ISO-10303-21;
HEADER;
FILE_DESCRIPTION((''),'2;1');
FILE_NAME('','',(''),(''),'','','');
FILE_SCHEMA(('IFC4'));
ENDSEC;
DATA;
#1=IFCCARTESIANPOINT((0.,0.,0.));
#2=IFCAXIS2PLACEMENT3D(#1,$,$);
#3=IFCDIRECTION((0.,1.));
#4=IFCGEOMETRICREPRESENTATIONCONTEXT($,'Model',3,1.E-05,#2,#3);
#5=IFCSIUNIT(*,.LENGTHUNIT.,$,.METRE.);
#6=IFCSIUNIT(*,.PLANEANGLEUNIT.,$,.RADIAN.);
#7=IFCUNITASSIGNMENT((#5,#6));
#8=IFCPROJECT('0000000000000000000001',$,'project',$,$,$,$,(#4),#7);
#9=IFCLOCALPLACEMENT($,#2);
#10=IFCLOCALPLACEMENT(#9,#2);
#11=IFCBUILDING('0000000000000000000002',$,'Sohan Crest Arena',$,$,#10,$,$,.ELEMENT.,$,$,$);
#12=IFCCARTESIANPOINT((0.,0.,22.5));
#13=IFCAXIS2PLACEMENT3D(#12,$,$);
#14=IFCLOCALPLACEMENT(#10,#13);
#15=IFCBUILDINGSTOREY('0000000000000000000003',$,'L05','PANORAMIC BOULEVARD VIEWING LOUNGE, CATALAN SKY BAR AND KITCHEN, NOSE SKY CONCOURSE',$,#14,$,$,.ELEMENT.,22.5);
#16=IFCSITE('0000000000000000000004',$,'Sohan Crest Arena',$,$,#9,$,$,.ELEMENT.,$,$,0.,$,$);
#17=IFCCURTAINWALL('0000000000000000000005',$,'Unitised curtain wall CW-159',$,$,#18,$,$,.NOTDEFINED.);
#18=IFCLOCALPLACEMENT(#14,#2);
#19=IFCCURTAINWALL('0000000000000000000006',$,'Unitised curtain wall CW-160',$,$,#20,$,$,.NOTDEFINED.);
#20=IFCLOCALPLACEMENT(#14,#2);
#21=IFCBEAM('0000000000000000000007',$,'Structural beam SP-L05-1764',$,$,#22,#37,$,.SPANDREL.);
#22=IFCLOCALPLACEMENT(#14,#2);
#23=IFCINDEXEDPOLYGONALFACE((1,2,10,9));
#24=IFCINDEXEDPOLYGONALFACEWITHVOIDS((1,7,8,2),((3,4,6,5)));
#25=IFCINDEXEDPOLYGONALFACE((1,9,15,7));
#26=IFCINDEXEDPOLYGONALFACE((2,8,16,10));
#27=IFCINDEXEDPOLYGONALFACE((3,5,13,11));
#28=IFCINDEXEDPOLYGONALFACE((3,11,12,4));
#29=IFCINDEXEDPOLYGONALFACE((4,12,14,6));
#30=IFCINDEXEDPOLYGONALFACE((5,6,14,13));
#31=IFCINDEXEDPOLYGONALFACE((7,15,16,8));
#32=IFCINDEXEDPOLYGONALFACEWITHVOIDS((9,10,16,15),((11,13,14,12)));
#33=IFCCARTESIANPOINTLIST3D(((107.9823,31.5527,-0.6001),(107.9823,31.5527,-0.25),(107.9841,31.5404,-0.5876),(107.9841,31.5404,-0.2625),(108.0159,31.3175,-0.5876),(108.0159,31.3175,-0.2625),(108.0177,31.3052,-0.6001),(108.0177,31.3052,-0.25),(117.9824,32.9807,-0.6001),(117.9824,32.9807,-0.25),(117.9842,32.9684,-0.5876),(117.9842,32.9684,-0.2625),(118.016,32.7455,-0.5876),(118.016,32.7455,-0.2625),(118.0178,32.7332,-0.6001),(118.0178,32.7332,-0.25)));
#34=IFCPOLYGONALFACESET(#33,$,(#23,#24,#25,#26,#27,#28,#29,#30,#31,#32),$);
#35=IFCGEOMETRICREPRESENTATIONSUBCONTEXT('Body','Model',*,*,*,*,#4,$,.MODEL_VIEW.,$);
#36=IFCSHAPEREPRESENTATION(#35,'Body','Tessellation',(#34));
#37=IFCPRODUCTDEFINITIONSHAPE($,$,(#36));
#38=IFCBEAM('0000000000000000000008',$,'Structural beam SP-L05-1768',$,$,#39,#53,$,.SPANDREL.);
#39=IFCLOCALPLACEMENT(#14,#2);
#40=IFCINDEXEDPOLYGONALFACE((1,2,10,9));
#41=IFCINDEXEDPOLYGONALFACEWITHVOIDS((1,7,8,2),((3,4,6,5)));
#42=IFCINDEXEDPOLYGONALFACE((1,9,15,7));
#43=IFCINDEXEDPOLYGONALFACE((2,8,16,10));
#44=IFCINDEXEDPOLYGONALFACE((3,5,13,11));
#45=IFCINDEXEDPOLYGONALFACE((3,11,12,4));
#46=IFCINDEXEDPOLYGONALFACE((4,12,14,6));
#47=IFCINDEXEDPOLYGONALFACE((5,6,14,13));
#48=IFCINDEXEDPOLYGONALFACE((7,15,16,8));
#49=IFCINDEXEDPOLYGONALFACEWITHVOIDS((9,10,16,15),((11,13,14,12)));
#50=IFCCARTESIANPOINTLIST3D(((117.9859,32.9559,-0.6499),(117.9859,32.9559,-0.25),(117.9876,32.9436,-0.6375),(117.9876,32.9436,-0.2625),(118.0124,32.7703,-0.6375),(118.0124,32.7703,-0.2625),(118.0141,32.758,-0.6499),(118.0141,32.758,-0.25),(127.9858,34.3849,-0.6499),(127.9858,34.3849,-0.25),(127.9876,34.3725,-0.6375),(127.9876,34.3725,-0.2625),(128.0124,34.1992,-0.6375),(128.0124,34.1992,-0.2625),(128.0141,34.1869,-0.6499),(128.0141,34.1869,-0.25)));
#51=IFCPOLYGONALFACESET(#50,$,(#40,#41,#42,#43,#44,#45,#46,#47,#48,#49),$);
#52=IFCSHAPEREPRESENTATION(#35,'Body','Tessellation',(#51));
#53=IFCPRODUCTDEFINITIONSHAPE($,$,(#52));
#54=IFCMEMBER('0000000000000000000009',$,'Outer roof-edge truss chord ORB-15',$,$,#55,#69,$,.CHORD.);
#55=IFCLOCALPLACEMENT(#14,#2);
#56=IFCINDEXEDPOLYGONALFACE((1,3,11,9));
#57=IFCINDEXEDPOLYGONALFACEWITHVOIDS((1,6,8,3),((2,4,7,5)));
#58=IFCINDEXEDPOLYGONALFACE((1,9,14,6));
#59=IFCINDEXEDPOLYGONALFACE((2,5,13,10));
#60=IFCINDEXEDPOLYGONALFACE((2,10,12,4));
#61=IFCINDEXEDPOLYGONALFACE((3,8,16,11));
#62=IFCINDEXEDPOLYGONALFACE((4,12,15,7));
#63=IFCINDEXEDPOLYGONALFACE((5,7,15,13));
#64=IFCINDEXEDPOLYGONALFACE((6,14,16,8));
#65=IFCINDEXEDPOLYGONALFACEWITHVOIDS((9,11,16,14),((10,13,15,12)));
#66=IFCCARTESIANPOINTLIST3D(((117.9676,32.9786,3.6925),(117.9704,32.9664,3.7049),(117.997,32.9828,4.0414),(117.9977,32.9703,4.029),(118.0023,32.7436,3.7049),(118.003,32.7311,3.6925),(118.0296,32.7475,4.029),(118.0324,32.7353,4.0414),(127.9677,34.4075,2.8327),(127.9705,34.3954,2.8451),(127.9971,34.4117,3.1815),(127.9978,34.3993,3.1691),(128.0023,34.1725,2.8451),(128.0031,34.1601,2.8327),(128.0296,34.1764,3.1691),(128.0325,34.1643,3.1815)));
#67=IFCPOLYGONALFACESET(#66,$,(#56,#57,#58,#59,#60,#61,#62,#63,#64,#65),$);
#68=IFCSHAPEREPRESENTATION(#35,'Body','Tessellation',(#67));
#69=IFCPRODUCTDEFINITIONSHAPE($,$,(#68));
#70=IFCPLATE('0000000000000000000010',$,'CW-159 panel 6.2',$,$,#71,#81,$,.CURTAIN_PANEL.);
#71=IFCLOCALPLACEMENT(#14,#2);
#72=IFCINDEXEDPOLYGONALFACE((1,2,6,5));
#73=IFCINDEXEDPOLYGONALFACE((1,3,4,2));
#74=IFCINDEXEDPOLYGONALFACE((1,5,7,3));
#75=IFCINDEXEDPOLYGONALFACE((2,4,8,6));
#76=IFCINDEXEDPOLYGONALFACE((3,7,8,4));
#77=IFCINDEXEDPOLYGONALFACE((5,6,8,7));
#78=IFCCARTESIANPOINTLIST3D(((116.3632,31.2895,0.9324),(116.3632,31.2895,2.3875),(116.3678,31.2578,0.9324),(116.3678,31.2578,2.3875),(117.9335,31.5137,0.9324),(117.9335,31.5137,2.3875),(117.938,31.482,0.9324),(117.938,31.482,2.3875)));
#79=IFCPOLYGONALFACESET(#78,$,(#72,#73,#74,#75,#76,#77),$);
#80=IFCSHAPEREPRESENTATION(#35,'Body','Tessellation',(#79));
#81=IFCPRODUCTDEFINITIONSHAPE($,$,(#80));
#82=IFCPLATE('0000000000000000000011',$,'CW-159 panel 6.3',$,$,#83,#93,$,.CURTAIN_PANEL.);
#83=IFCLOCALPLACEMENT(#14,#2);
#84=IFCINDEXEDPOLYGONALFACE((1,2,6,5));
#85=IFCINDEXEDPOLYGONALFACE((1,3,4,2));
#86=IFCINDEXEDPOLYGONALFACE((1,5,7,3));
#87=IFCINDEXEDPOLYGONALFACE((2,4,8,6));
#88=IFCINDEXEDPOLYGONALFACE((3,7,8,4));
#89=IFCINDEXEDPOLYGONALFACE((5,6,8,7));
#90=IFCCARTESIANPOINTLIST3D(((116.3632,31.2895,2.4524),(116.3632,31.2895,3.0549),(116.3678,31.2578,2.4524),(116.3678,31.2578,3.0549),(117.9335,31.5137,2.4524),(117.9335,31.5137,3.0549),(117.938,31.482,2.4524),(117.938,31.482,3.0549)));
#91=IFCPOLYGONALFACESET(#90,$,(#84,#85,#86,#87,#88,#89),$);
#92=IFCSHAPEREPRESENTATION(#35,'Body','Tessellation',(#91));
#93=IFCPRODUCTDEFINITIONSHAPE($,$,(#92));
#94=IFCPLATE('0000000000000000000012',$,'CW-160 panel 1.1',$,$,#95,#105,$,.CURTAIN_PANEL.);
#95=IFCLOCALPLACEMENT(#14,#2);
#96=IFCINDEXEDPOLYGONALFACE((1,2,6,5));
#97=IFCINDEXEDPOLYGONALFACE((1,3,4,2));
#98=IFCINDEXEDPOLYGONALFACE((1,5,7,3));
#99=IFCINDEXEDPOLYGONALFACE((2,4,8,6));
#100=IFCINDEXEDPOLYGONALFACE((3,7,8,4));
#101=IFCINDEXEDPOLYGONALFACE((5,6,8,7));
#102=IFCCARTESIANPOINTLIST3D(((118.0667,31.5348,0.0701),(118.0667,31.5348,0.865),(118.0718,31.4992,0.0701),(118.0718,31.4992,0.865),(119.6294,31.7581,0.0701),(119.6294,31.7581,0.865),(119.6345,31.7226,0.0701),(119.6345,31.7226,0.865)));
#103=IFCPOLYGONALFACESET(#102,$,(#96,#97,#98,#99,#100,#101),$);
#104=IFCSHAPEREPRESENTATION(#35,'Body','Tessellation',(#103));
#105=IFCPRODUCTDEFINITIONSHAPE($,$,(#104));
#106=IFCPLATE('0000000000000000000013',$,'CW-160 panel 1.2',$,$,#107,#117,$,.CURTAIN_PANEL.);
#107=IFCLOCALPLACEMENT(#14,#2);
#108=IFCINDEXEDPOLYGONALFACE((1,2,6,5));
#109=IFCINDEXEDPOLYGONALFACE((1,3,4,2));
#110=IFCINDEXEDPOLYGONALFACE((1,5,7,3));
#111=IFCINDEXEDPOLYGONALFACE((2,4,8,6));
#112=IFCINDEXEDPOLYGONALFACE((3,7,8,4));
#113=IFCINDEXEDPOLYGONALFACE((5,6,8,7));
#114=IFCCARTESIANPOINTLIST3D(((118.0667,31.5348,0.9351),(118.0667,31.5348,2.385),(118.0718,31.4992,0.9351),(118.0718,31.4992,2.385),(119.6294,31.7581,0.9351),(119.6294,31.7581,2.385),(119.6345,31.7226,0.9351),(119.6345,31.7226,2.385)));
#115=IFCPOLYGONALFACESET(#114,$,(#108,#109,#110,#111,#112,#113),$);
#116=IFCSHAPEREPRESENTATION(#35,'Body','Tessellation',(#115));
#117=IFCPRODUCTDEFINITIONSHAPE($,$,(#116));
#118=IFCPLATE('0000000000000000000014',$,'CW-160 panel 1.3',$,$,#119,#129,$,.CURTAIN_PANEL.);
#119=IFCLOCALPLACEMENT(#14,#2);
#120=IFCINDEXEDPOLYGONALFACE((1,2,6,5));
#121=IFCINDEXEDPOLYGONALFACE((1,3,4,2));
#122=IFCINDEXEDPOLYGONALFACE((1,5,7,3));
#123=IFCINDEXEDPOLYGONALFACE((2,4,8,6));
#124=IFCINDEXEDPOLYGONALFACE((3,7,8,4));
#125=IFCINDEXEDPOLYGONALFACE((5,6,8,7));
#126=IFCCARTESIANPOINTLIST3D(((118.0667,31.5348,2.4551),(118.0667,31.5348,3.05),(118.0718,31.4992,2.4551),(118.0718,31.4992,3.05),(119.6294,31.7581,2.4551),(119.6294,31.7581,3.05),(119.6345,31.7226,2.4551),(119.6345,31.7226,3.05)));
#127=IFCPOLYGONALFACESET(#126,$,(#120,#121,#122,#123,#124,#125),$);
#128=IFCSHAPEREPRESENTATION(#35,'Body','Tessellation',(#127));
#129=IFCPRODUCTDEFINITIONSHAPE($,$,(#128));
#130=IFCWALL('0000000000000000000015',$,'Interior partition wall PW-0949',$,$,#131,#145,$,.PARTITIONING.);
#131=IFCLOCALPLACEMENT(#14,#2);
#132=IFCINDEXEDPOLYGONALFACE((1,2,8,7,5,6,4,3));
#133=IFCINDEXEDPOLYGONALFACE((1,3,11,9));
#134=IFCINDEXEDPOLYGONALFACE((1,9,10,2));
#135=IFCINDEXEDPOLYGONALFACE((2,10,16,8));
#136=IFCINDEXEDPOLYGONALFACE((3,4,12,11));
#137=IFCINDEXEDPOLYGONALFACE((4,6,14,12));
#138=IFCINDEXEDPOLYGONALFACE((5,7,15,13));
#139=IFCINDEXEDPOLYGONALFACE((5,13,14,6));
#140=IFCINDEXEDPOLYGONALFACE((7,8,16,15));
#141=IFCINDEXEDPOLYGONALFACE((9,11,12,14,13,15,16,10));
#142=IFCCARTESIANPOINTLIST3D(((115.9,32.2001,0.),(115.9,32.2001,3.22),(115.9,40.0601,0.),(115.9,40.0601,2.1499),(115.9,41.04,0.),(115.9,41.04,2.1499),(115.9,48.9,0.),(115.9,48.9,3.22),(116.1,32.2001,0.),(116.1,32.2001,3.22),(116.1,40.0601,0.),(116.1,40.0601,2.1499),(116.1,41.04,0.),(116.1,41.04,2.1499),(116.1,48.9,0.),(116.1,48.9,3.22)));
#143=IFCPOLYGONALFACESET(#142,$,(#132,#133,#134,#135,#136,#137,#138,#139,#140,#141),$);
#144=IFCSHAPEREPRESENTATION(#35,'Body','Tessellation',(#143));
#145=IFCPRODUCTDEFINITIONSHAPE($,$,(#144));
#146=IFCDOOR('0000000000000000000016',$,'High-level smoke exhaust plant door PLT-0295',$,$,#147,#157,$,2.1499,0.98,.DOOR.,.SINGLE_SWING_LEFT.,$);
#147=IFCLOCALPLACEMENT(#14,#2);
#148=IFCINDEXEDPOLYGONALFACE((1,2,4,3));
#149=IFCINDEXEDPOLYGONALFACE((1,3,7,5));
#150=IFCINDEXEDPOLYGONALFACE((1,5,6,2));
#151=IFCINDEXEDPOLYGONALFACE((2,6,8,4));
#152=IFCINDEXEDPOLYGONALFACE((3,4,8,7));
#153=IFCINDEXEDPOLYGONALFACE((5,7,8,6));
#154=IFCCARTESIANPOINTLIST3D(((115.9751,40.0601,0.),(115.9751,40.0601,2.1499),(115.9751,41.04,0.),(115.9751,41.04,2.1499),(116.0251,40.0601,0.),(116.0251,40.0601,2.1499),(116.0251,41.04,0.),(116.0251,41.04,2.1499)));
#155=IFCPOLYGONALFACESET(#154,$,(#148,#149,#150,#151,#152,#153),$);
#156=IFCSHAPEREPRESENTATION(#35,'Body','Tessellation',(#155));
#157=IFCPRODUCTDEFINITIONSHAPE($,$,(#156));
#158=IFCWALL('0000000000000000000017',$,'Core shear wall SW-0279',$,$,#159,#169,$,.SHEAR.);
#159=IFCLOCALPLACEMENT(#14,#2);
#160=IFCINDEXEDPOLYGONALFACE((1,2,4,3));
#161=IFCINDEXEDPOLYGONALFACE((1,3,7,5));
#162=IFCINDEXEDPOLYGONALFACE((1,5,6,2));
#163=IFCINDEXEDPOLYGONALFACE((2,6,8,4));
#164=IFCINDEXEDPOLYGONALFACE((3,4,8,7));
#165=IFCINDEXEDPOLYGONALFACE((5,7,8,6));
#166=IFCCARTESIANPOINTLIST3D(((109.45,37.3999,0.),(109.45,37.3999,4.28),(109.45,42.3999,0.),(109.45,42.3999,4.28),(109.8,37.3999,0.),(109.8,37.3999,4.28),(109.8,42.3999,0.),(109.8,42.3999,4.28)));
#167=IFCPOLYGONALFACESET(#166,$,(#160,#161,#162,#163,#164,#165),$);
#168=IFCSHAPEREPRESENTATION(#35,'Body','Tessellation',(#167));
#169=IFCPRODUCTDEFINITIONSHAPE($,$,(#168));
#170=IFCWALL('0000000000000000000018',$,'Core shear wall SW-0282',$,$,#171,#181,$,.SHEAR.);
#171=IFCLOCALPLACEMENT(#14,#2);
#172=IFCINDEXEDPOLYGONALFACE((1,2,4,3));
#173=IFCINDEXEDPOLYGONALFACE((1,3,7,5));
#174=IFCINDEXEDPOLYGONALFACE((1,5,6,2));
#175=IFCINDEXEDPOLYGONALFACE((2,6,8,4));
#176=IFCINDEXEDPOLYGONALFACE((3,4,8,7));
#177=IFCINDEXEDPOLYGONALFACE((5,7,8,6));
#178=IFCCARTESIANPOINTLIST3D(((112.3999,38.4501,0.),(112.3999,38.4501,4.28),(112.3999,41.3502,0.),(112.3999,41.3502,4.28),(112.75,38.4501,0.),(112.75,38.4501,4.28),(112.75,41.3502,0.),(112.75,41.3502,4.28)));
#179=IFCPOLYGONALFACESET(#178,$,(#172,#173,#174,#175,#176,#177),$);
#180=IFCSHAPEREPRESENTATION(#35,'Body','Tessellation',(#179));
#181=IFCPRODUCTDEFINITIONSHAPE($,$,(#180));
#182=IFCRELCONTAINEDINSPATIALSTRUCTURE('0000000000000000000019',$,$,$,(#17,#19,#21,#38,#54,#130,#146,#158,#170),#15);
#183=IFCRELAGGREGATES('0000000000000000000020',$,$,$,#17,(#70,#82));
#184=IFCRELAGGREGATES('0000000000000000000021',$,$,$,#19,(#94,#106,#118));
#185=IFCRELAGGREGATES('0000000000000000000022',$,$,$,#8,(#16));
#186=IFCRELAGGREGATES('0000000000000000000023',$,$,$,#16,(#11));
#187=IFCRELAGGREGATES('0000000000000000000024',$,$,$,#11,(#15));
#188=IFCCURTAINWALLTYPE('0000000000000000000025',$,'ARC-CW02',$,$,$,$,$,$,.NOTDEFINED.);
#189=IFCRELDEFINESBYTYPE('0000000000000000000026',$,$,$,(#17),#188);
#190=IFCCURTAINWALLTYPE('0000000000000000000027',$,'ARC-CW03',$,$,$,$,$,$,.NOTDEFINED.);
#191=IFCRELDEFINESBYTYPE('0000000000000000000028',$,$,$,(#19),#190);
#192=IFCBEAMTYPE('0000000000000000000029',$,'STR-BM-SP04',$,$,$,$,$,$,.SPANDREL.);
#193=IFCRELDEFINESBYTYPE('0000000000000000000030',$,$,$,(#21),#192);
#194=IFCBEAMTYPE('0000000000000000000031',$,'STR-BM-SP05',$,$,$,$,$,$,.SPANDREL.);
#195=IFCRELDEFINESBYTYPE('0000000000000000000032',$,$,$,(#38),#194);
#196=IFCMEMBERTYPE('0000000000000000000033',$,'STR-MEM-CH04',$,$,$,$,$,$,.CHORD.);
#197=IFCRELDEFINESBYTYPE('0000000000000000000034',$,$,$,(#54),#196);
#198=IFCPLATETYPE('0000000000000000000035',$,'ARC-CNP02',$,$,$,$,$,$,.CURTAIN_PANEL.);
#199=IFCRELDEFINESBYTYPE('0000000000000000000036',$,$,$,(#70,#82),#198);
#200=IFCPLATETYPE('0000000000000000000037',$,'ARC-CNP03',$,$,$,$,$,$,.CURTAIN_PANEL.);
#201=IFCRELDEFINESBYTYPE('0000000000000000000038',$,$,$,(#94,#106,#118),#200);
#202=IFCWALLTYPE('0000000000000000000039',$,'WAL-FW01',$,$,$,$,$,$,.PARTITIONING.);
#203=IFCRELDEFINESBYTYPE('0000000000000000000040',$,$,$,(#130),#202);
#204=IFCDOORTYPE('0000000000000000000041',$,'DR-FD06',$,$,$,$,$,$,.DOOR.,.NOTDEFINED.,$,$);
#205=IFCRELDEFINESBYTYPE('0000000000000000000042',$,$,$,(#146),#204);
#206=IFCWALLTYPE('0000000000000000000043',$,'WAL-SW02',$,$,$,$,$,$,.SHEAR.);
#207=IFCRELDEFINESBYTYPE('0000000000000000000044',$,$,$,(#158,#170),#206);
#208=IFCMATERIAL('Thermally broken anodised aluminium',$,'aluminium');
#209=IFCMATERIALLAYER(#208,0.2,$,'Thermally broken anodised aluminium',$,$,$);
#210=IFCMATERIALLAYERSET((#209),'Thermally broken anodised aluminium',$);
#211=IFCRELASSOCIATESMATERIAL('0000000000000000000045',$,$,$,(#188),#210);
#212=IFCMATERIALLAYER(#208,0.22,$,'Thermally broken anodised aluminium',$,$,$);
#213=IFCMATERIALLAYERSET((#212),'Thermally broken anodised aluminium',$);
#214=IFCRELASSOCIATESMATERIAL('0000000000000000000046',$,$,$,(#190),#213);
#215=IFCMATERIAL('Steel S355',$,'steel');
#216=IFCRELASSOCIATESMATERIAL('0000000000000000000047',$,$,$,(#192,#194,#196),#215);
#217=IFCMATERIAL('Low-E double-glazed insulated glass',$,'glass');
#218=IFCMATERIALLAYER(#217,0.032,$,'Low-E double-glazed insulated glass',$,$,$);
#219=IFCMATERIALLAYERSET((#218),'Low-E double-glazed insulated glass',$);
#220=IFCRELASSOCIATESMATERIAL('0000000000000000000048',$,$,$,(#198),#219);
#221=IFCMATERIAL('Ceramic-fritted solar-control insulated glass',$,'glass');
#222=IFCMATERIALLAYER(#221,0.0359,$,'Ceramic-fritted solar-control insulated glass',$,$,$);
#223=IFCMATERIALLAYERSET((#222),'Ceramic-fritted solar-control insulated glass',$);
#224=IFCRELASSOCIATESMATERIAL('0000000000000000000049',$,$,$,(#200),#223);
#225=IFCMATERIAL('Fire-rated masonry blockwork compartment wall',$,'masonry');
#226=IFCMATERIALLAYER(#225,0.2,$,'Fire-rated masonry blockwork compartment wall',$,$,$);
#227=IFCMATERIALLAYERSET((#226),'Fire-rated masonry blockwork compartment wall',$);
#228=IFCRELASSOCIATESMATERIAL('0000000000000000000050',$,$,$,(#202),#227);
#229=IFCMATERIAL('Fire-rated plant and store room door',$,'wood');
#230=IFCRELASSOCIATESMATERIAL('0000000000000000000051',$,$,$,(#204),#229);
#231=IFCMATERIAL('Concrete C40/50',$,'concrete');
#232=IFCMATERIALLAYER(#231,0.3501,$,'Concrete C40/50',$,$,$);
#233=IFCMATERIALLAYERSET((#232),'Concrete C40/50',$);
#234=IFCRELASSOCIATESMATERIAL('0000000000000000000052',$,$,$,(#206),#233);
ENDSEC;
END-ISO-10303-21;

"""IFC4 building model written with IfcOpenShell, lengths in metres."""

from ifc_helpers import new_model, si_unit, direction, frame, frame_2d, origin, origin_2d, place, context, subcontext, project, spatial, rectangle, hollow_rectangle, extrude, material, layer, layer_set, material_profile, profile_set, type_object, element, fill, aggregate, save


model = new_model("IFC4")

# Units and contexts
model_context = context("Model", 3, precision=1e-05, world=origin(), true_north=direction((0.0, 1.0)))
body_context = subcontext(model_context, "Body", "Model", "MODEL_VIEW")
ifc_project = project(units=[si_unit("LENGTHUNIT", "METRE"), si_unit("PLANEANGLEUNIT", "RADIAN")], contexts=[model_context])

# Site, building, storey
site_placement = place(None, origin())
site = spatial("IfcSite", under=ifc_project, at=site_placement, Name="Sohan Crest Arena", CompositionType="ELEMENT", RefElevation=0.0)
building_placement = place(site_placement, origin())
building = spatial("IfcBuilding", under=site, at=building_placement, Name="Sohan Crest Arena", CompositionType="ELEMENT")
storey_placement = place(building_placement, frame((0.0, 0.0, 22.5)))
storey = spatial("IfcBuildingStorey", under=building, at=storey_placement, Name="L05", Description="PANORAMIC BOULEVARD VIEWING LOUNGE, CATALAN SKY BAR AND KITCHEN, NOSE SKY CONCOURSE", CompositionType="ELEMENT", Elevation=22.5)

# Shared definitions
ifc_material_1 = material(Name="Steel S355", Category="steel")

# Curtain wall
ifc_material_2 = material(Name="Thermally broken anodised aluminium", Category="aluminium")
ifc_layer_1 = layer(ifc_material_2, 0.2, Name="Thermally broken anodised aluminium")
ifc_layer_set_1 = layer_set([ifc_layer_1], Name="Thermally broken anodised aluminium")
curtain_wall_type_1 = type_object("IfcCurtainWallType", Name="ARC-CW02", PredefinedType="NOTDEFINED", material=ifc_layer_set_1)
curtain_wall_1_placement = place(storey_placement, origin())
curtain_wall_1 = element("IfcCurtainWall", 1, at=curtain_wall_1_placement, inside=storey, type_object=curtain_wall_type_1, Name="Unitised curtain wall CW-159", PredefinedType="NOTDEFINED")

# Curtain wall
ifc_layer_2 = layer(ifc_material_2, 0.22, Name="Thermally broken anodised aluminium")
ifc_layer_set_2 = layer_set([ifc_layer_2], Name="Thermally broken anodised aluminium")
curtain_wall_type_2 = type_object("IfcCurtainWallType", Name="ARC-CW03", PredefinedType="NOTDEFINED", material=ifc_layer_set_2)
curtain_wall_2_placement = place(storey_placement, origin())
curtain_wall_2 = element("IfcCurtainWall", 2, at=curtain_wall_2_placement, inside=storey, type_object=curtain_wall_type_2, Name="Unitised curtain wall CW-160", PredefinedType="NOTDEFINED")

# Beams
ifc_material_profile_1 = material_profile(ifc_material_1, hollow_rectangle(XDim=0.25, YDim=0.3501, WallThickness=0.0125, at=origin_2d()), Name="RHS 350x250x12.5")
ifc_profile_set_1 = profile_set([ifc_material_profile_1], Name="Steel S355")
beam_type_1 = type_object("IfcBeamType", Name="STR-BM-SP04", PredefinedType="SPANDREL", material=ifc_profile_set_1)
beam_1_placement = place(storey_placement, frame((108.0, 31.429, -0.425), z_axis=(0.989958, 0.141364, 0.0), x_axis=(-0.141364, 0.989958, 0.0)))
element("IfcBeam", 3, at=beam_1_placement, inside=storey, type_object=beam_type_1, Name="Structural beam SP-L05-1764", PredefinedType="SPANDREL", context=body_context, shape_type="SweptSolid", body=[
    extrude(hollow_rectangle(XDim=0.25, YDim=0.3501, WallThickness=0.0125, at=origin_2d()), origin(), (0.0, 0.0, 1.0), 10.1016),
])
ifc_material_profile_2 = material_profile(ifc_material_1, hollow_rectangle(XDim=0.2, YDim=0.3999, WallThickness=0.0125, at=origin_2d()), Name="RHS 400x200x12.5")
ifc_profile_set_2 = profile_set([ifc_material_profile_2], Name="Steel S355")
beam_type_2 = type_object("IfcBeamType", Name="STR-BM-SP05", PredefinedType="SPANDREL", material=ifc_profile_set_2)
beam_2_placement = place(storey_placement, frame((118.0, 32.8569, -0.45), z_axis=(0.989944, 0.141459, 0.0), x_axis=(-0.141459, 0.989944, 0.0)))
element("IfcBeam", 4, at=beam_2_placement, inside=storey, type_object=beam_type_2, Name="Structural beam SP-L05-1768", PredefinedType="SPANDREL", context=body_context, shape_type="SweptSolid", body=[
    extrude(hollow_rectangle(XDim=0.2, YDim=0.3999, WallThickness=0.0125, at=origin_2d()), origin(), (0.0, 0.0, 1.0), 10.1016),
])

# Member
ifc_material_profile_3 = material_profile(ifc_material_1, hollow_rectangle(XDim=0.25, YDim=0.3501, WallThickness=0.0125, at=origin_2d()), Name="RHS 350x250x12.5")
ifc_profile_set_3 = profile_set([ifc_material_profile_3], Name="Steel S355")
member_type_1 = type_object("IfcMemberType", Name="STR-MEM-CH04", PredefinedType="CHORD", material=ifc_profile_set_3)
member_1_placement = place(storey_placement, frame((118.0, 32.8569, 3.8669), z_axis=(0.986377, 0.140949, -0.084815), x_axis=(-0.141459, 0.989944, 0.0)))
element("IfcMember", 5, at=member_1_placement, inside=storey, type_object=member_type_1, Name="Outer roof-edge truss chord ORB-15", PredefinedType="CHORD", context=body_context, shape_type="SweptSolid", body=[
    extrude(hollow_rectangle(XDim=0.25, YDim=0.3501, WallThickness=0.0125, at=origin_2d()), origin(), (0.0, 0.0, 1.0), 10.1382),
])

# Plates
ifc_material_3 = material(Name="Low-E double-glazed insulated glass", Category="glass")
ifc_layer_3 = layer(ifc_material_3, 0.032, Name="Low-E double-glazed insulated glass")
ifc_layer_set_3 = layer_set([ifc_layer_3], Name="Low-E double-glazed insulated glass")
plate_type_1 = type_object("IfcPlateType", Name="ARC-CNP02", PredefinedType="CURTAIN_PANEL", material=ifc_layer_set_3)
plate_1_placement = place(storey_placement, frame((117.1506, 31.3857, 0.9324), z_axis=(0.0, 0.0, 1.0), x_axis=(0.989957, 0.141366, 0.0)))
plate_1 = element("IfcPlate", 6, at=plate_1_placement, type_object=plate_type_1, Name="CW-159 panel 6.2", PredefinedType="CURTAIN_PANEL", context=body_context, shape_type="SweptSolid", body=[
    extrude(rectangle(XDim=1.5862, YDim=0.032, at=origin_2d()), origin(), (0.0, 0.0, 1.0), 1.4551),
])
plate_2_placement = place(storey_placement, frame((117.1506, 31.3857, 2.4524), z_axis=(0.0, 0.0, 1.0), x_axis=(0.989957, 0.141366, 0.0)))
plate_2 = element("IfcPlate", 7, at=plate_2_placement, type_object=plate_type_1, Name="CW-159 panel 6.3", PredefinedType="CURTAIN_PANEL", context=body_context, shape_type="SweptSolid", body=[
    extrude(rectangle(XDim=1.5862, YDim=0.032, at=origin_2d()), origin(), (0.0, 0.0, 1.0), 0.6025),
])
aggregate(curtain_wall_1, [plate_1, plate_2])
ifc_material_4 = material(Name="Ceramic-fritted solar-control insulated glass", Category="glass")
ifc_layer_4 = layer(ifc_material_4, 0.0359, Name="Ceramic-fritted solar-control insulated glass")
ifc_layer_set_4 = layer_set([ifc_layer_4], Name="Ceramic-fritted solar-control insulated glass")
plate_type_2 = type_object("IfcPlateType", Name="ARC-CNP03", PredefinedType="CURTAIN_PANEL", material=ifc_layer_set_4)
plate_3_placement = place(storey_placement, frame((118.8506, 31.6287, 0.0701), z_axis=(0.0, 0.0, 1.0), x_axis=(0.989944, 0.141463, 0.0)))
plate_3 = element("IfcPlate", 8, at=plate_3_placement, type_object=plate_type_2, Name="CW-160 panel 1.1", PredefinedType="CURTAIN_PANEL", context=body_context, shape_type="SweptSolid", body=[
    extrude(rectangle(XDim=1.5786, YDim=0.0359, at=origin_2d()), origin(), (0.0, 0.0, 1.0), 0.7949),
])
plate_4_placement = place(storey_placement, frame((118.8506, 31.6287, 0.9351), z_axis=(0.0, 0.0, 1.0), x_axis=(0.989944, 0.141463, 0.0)))
plate_4 = element("IfcPlate", 9, at=plate_4_placement, type_object=plate_type_2, Name="CW-160 panel 1.2", PredefinedType="CURTAIN_PANEL", context=body_context, shape_type="SweptSolid", body=[
    extrude(rectangle(XDim=1.5786, YDim=0.0359, at=origin_2d()), origin(), (0.0, 0.0, 1.0), 1.45),
])
plate_5_placement = place(storey_placement, frame((118.8506, 31.6287, 2.4551), z_axis=(0.0, 0.0, 1.0), x_axis=(0.989944, 0.141463, 0.0)))
plate_5 = element("IfcPlate", 10, at=plate_5_placement, type_object=plate_type_2, Name="CW-160 panel 1.3", PredefinedType="CURTAIN_PANEL", context=body_context, shape_type="SweptSolid", body=[
    extrude(rectangle(XDim=1.5786, YDim=0.0359, at=origin_2d()), origin(), (0.0, 0.0, 1.0), 0.595),
])
aggregate(curtain_wall_2, [plate_3, plate_4, plate_5])

# Wall, opening, door
ifc_material_5 = material(Name="Fire-rated masonry blockwork compartment wall", Category="masonry")
ifc_layer_5 = layer(ifc_material_5, 0.2, Name="Fire-rated masonry blockwork compartment wall")
ifc_layer_set_5 = layer_set([ifc_layer_5], Name="Fire-rated masonry blockwork compartment wall")
wall_type_1 = type_object("IfcWallType", Name="WAL-FW01", PredefinedType="PARTITIONING", material=ifc_layer_set_5)
wall_1_placement = place(storey_placement, frame((116.0, 32.2, 0.0), z_axis=(0.0, 0.0, 1.0), x_axis=(0.0, 1.0, 0.0)))
wall_1 = element("IfcWall", 11, at=wall_1_placement, inside=storey, type_object=wall_type_1, Name="Interior partition wall PW-0949", PredefinedType="PARTITIONING", context=body_context, shape_type="SweptSolid", body=[
    extrude(rectangle(XDim=16.7, YDim=0.2, at=frame_2d((8.3501, 0.0))), origin(), (0.0, 0.0, 1.0), 3.22),
])
opening_placement = place(wall_1_placement, frame((7.8601, 0.0, 0.0)))
opening = element("IfcOpeningElement", 12, at=opening_placement, cuts=wall_1, PredefinedType="OPENING", context=body_context, shape_type="SweptSolid", body=[
    extrude(rectangle(XDim=0.98, YDim=2.1499, at=frame_2d((0.49, 1.075))), frame((0.0, 0.1099, 0.0), z_axis=(0.0, -1.0, 0.0), x_axis=(1.0, 0.0, 0.0)), (0.0, 0.0, 1.0), 0.22),
])
ifc_material_6 = material(Name="Fire-rated plant and store room door", Category="wood")
door_type = type_object("IfcDoorType", Name="DR-FD06", OperationType="NOTDEFINED", PredefinedType="DOOR", material=ifc_material_6)
door_placement = place(opening_placement, origin())
door = element("IfcDoor", 13, at=door_placement, inside=storey, type_object=door_type, Name="High-level smoke exhaust plant door PLT-0295", OperationType="SINGLE_SWING_LEFT", OverallHeight=2.1499, OverallWidth=0.98, PredefinedType="DOOR", context=body_context, shape_type="SweptSolid", body=[
    extrude(rectangle(XDim=0.98, YDim=2.1499, at=frame_2d((0.49, 1.075))), frame((0.0, 0.0249, 0.0), z_axis=(0.0, -1.0, 0.0), x_axis=(1.0, 0.0, 0.0)), (0.0, 0.0, 1.0), 0.05),
])
fill(opening, door)

# Walls
ifc_material_7 = material(Name="Concrete C40/50", Category="concrete")
ifc_layer_6 = layer(ifc_material_7, 0.3501, Name="Concrete C40/50")
ifc_layer_set_6 = layer_set([ifc_layer_6], Name="Concrete C40/50")
wall_type_2 = type_object("IfcWallType", Name="WAL-SW02", PredefinedType="SHEAR", material=ifc_layer_set_6)
wall_2_placement = place(storey_placement, frame((109.625, 37.3999, 0.0), z_axis=(0.0, 0.0, 1.0), x_axis=(0.0, 1.0, 0.0)))
element("IfcWall", 14, at=wall_2_placement, inside=storey, type_object=wall_type_2, Name="Core shear wall SW-0279", PredefinedType="SHEAR", context=body_context, shape_type="SweptSolid", body=[
    extrude(rectangle(XDim=5.0, YDim=0.3501, at=frame_2d((2.5, 0.0))), origin(), (0.0, 0.0, 1.0), 4.28),
])
wall_3_placement = place(storey_placement, frame((112.575, 38.45, 0.0), z_axis=(0.0, 0.0, 1.0), x_axis=(0.0, 1.0, 0.0)))
element("IfcWall", 15, at=wall_3_placement, inside=storey, type_object=wall_type_2, Name="Core shear wall SW-0282", PredefinedType="SHEAR", context=body_context, shape_type="SweptSolid", body=[
    extrude(rectangle(XDim=2.9001, YDim=0.3501, at=frame_2d((1.4502, 0.0))), origin(), (0.0, 0.0, 1.0), 4.28),
])

save(model, "model.ifc")
